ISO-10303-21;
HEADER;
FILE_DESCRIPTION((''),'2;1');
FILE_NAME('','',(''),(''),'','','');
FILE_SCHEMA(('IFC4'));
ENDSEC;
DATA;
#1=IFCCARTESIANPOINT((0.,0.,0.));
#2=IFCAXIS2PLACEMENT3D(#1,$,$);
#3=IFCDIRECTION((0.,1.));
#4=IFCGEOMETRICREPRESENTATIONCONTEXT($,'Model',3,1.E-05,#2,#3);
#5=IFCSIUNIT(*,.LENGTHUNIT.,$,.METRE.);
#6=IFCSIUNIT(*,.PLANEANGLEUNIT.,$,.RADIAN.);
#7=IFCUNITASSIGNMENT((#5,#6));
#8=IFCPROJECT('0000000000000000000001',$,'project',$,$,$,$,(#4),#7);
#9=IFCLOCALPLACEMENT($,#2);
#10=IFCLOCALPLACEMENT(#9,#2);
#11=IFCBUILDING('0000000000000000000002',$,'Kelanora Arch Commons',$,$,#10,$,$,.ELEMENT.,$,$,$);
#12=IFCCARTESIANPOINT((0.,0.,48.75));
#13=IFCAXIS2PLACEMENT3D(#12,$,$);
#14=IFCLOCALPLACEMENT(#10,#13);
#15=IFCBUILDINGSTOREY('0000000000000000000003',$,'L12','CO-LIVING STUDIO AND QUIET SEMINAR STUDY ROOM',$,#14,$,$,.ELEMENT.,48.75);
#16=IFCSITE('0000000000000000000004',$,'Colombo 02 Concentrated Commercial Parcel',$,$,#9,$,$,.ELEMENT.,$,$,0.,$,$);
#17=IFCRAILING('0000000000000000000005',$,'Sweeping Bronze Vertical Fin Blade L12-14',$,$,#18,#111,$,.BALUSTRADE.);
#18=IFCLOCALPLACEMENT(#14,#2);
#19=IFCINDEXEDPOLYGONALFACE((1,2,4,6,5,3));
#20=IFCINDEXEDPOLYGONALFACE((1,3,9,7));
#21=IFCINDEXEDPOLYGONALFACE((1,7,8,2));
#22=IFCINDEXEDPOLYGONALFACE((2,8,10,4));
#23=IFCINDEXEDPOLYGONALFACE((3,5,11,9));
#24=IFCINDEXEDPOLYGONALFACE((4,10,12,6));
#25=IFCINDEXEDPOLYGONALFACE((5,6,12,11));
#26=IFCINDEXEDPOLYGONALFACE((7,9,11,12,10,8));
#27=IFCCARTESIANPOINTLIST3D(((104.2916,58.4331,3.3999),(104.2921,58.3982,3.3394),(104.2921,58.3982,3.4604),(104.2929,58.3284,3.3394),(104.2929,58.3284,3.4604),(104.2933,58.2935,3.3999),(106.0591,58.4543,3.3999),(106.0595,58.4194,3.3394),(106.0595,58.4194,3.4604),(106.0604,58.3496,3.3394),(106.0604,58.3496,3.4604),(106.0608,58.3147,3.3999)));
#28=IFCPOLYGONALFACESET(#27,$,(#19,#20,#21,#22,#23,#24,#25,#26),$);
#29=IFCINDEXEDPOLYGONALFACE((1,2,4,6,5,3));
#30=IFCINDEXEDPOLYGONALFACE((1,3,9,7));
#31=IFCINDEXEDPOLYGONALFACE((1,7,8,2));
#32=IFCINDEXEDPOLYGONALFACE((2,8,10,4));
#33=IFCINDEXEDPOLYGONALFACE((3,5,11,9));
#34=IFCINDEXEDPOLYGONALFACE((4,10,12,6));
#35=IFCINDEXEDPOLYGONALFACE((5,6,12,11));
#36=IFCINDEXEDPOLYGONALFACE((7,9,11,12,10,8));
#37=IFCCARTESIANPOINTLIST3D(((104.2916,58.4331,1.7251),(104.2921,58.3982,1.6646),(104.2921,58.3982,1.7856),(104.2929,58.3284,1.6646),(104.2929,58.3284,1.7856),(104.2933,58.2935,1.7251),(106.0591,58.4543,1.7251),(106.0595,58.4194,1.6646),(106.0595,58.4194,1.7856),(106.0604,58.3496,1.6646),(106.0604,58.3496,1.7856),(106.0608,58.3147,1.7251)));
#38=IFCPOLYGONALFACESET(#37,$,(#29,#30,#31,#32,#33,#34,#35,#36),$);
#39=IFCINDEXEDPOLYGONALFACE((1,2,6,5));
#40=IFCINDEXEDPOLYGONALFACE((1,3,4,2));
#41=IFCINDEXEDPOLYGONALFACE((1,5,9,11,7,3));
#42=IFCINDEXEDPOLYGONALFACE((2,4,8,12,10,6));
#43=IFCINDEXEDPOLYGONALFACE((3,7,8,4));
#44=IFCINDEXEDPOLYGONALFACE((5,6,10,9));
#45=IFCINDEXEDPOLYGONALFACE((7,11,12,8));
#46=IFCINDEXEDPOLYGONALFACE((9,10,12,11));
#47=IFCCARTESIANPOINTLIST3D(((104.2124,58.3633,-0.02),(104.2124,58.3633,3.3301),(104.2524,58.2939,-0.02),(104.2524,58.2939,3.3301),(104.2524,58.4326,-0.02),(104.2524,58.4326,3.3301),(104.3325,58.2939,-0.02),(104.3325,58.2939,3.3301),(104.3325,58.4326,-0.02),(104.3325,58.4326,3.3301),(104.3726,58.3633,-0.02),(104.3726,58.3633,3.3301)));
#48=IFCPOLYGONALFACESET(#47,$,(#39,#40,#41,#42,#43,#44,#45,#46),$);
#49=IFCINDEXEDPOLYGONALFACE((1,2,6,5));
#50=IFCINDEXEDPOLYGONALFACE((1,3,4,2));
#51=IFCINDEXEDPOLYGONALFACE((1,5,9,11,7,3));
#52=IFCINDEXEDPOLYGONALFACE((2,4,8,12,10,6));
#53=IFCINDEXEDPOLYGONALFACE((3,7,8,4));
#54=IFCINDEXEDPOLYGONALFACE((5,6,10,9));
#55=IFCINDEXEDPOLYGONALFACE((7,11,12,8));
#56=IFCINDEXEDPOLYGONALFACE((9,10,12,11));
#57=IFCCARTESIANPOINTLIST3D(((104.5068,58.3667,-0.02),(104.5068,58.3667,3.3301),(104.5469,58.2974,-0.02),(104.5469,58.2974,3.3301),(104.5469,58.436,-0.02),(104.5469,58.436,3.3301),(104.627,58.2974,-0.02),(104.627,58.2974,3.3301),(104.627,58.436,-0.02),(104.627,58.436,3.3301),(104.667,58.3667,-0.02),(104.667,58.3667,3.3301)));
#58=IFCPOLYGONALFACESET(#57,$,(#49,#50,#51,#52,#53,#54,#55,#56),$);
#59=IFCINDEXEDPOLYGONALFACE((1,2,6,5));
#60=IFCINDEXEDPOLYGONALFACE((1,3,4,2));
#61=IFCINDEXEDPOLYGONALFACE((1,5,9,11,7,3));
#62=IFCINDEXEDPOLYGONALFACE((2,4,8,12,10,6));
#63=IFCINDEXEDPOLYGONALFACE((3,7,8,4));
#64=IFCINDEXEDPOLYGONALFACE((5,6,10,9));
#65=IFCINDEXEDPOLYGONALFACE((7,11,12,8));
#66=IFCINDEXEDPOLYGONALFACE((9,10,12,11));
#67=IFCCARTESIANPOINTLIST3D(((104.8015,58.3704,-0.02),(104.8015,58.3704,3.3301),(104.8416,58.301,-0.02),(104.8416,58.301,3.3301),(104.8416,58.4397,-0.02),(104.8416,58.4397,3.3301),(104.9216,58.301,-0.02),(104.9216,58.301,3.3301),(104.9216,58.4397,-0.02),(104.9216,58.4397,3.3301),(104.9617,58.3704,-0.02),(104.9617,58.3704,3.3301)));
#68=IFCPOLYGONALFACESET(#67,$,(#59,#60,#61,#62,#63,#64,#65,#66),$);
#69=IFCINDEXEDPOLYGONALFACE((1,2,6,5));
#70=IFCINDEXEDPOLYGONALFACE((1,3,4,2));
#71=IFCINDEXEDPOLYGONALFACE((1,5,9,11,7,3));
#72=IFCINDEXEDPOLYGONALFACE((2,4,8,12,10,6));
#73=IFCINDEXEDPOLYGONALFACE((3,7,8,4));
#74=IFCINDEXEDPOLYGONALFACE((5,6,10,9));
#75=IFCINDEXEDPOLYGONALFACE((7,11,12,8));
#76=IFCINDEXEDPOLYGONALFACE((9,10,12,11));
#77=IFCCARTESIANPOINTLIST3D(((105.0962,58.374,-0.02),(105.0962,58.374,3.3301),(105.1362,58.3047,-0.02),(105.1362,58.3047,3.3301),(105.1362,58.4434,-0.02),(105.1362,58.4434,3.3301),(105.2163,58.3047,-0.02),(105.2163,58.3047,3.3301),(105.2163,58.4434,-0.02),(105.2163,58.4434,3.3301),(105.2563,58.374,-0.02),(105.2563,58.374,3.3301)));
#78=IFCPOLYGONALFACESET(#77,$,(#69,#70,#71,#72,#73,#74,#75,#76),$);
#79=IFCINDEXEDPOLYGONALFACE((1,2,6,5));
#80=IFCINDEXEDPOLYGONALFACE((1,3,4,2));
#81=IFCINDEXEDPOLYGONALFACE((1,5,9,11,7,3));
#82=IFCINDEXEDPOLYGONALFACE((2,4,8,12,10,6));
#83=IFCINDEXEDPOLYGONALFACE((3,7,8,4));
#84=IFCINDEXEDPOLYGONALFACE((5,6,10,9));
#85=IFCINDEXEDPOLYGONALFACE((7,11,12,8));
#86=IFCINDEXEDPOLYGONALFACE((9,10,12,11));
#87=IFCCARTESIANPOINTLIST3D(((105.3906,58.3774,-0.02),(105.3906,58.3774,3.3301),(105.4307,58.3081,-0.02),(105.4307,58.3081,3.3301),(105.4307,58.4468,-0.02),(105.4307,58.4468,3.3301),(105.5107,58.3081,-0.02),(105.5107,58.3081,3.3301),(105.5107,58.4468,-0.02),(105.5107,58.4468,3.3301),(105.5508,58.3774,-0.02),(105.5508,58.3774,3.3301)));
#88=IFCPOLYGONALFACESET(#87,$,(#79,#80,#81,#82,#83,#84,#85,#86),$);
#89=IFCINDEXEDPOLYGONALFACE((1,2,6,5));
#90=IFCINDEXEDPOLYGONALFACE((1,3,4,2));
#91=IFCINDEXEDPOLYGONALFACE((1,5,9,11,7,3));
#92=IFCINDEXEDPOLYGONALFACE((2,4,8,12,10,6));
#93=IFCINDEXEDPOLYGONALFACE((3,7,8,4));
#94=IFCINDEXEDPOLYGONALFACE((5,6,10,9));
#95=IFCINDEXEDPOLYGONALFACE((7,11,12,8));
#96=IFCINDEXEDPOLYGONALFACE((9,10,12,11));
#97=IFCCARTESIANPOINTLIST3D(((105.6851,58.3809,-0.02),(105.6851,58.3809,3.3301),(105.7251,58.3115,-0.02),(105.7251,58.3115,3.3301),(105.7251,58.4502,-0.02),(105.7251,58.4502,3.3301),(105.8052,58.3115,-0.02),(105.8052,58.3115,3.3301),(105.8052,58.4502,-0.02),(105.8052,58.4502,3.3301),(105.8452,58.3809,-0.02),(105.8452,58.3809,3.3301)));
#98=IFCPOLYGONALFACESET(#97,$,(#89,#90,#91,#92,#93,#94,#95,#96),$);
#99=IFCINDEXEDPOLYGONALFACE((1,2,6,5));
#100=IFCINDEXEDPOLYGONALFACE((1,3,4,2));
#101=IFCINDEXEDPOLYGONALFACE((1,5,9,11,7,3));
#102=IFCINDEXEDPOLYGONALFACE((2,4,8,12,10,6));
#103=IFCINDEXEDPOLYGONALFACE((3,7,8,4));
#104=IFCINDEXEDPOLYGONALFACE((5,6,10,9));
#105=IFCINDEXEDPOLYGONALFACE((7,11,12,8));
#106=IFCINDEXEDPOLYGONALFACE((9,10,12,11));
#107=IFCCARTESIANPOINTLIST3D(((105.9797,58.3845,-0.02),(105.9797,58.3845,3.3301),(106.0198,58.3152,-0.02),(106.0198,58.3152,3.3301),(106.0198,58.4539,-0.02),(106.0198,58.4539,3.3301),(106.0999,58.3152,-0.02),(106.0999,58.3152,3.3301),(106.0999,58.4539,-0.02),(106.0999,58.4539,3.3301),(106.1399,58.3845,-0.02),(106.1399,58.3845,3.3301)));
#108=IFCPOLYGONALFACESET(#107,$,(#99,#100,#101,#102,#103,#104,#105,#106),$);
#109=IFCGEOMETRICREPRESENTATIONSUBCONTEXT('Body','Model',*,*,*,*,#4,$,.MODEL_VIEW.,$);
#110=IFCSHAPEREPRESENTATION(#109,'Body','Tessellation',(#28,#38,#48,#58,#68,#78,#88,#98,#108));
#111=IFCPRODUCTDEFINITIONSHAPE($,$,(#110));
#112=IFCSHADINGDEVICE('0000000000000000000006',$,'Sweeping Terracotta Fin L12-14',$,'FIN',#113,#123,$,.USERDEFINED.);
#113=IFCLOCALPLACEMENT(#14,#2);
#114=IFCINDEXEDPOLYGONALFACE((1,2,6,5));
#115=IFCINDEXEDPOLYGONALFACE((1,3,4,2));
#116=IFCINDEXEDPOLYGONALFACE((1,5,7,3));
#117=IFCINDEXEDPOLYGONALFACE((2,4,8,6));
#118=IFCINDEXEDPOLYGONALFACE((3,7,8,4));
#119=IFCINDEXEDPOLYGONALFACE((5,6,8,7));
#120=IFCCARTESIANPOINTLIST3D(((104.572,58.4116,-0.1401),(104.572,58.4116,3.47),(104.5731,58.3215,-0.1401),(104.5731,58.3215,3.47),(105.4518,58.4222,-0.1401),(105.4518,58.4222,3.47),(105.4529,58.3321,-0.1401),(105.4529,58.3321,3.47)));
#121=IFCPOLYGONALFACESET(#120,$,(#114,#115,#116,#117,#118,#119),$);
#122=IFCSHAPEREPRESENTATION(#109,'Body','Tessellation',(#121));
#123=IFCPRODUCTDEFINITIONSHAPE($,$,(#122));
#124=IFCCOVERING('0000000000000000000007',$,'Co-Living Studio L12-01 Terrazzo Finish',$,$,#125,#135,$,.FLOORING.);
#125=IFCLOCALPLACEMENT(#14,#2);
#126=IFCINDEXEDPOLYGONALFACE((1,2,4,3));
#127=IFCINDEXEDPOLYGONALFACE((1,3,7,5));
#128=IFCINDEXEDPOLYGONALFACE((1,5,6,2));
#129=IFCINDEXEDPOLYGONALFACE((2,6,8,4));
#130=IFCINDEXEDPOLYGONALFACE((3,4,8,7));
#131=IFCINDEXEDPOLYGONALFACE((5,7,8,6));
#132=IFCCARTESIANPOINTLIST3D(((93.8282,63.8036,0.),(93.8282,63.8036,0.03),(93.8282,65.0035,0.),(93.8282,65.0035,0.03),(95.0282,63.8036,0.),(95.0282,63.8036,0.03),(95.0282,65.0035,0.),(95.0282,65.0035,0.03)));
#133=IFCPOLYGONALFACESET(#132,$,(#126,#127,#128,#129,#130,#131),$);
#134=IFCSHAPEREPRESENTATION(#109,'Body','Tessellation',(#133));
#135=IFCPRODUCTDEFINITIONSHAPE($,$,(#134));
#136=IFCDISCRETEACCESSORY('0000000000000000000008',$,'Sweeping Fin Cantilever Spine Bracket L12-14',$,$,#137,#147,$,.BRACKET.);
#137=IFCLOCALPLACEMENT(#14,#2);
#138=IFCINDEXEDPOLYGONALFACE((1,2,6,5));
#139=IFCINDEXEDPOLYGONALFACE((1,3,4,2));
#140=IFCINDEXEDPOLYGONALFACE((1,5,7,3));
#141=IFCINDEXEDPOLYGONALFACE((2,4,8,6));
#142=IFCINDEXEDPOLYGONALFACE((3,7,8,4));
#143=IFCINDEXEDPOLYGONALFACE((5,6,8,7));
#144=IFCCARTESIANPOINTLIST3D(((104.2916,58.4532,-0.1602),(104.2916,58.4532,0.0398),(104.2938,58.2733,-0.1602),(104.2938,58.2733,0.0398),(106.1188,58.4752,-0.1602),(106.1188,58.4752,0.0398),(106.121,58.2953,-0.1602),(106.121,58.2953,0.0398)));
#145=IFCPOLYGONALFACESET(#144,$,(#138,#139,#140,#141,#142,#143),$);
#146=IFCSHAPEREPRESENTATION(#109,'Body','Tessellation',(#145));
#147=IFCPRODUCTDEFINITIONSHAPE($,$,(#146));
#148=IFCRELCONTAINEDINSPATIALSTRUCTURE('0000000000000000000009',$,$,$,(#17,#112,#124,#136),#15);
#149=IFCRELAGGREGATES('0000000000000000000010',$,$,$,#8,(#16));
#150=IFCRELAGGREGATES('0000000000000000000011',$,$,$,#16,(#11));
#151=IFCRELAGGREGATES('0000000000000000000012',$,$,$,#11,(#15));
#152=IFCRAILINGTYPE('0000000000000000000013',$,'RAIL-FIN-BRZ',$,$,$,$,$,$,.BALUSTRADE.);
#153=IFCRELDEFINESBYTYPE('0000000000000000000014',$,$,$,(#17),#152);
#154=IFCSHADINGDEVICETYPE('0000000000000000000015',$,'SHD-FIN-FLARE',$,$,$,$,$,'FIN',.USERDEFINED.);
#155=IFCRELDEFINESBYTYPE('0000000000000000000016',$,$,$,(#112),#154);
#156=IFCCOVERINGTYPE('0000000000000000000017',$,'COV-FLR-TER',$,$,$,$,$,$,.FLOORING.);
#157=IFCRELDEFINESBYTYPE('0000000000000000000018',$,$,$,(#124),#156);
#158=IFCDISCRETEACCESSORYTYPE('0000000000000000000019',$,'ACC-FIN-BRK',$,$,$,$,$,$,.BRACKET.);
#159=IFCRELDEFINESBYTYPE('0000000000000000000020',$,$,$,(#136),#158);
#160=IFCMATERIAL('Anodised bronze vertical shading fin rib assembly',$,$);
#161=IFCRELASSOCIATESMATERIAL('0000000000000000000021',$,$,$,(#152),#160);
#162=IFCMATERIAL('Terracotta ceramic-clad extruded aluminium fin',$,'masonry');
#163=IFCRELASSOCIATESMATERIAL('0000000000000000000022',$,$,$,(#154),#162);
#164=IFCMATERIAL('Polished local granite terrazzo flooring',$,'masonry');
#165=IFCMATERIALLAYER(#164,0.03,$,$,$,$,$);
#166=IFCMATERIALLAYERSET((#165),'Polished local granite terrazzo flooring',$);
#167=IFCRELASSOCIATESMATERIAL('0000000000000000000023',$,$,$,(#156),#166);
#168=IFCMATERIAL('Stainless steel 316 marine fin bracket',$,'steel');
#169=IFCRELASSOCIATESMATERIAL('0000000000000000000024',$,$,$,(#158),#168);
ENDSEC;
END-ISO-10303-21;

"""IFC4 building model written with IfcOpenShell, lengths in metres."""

from ifc_helpers import new_model, si_unit, direction, frame, origin, origin_2d, place, context, subcontext, project, spatial, polyline, rectangle, outline, extrude, source, transform, mapped, material, layer, layer_set, type_object, element, save


model = new_model("IFC4")

# Units and contexts
model_context = context("Model", 3, precision=1e-05, world=origin(), true_north=direction((0.0, 1.0)))
body_context = subcontext(model_context, "Body", "Model", "MODEL_VIEW")
ifc_project = project(units=[si_unit("LENGTHUNIT", "METRE"), si_unit("PLANEANGLEUNIT", "RADIAN")], contexts=[model_context])

# Site, building, storey
site_placement = place(None, origin())
site = spatial("IfcSite", under=ifc_project, at=site_placement, Name="Colombo 02 Concentrated Commercial Parcel", CompositionType="ELEMENT", RefElevation=0.0)
building_placement = place(site_placement, origin())
building = spatial("IfcBuilding", under=site, at=building_placement, Name="Kelanora Arch Commons", CompositionType="ELEMENT")
storey_placement = place(building_placement, frame((0.0, 0.0, 48.75)))
storey = spatial("IfcBuildingStorey", under=building, at=storey_placement, Name="L12", Description="CO-LIVING STUDIO AND QUIET SEMINAR STUDY ROOM", CompositionType="ELEMENT", Elevation=48.75)

# Railing
ifc_material_1 = material(Name="Anodised bronze vertical shading fin rib assembly")
railing_type = type_object("IfcRailingType", Name="RAIL-FIN-BRZ", PredefinedType="BALUSTRADE", material=ifc_material_1)
railing_placement = place(storey_placement, frame((104.2925, 58.3633, -0.02)))
element("IfcRailing", 1, at=railing_placement, inside=storey, type_object=railing_type, Name="Sweeping Bronze Vertical Fin Blade L12-14", PredefinedType="BALUSTRADE", context=body_context, shape_type="SweptSolid", body=[
    extrude(outline(polyline([(0.0698, 0.0), (0.0349, 0.0605), (-0.0349, 0.0605), (-0.0698, 0.0), (-0.0349, -0.0605), (0.0349, -0.0605), (0.0698, 0.0)])), frame((0.0, 0.0, 3.4199), z_axis=(0.999928, 0.012017, 0.0), x_axis=(-0.012017, 0.999928, 0.0)), (0.0, 0.0, 1.0), 1.7676),
    extrude(outline(polyline([(0.0698, 0.0), (0.0349, 0.0605), (-0.0349, 0.0605), (-0.0698, 0.0), (-0.0349, -0.0605), (0.0349, -0.0605), (0.0698, 0.0)])), frame((0.0, 0.0, 1.7451), z_axis=(0.999928, 0.012017, 0.0), x_axis=(-0.012017, 0.999928, 0.0)), (0.0, 0.0, 1.0), 1.7676),
    extrude(outline(polyline([(0.0801, 0.0), (0.04, 0.0693), (-0.04, 0.0693), (-0.0801, 0.0), (-0.04, -0.0693), (0.04, -0.0693), (0.0801, 0.0)])), origin(), (0.0, 0.0, 1.0), 3.3501),
    extrude(outline(polyline([(0.0801, 0.0), (0.04, 0.0693), (-0.04, 0.0693), (-0.0801, 0.0), (-0.04, -0.0693), (0.04, -0.0693), (0.0801, 0.0)])), frame((0.2944, 0.0034, 0.0)), (0.0, 0.0, 1.0), 3.3501),
    extrude(outline(polyline([(0.0801, 0.0), (0.04, 0.0693), (-0.04, 0.0693), (-0.0801, 0.0), (-0.04, -0.0693), (0.04, -0.0693), (0.0801, 0.0)])), frame((0.5891, 0.0071, 0.0)), (0.0, 0.0, 1.0), 3.3501),
    extrude(outline(polyline([(0.0801, 0.0), (0.04, 0.0693), (-0.04, 0.0693), (-0.0801, 0.0), (-0.04, -0.0693), (0.04, -0.0693), (0.0801, 0.0)])), frame((0.8838, 0.0107, 0.0)), (0.0, 0.0, 1.0), 3.3501),
    extrude(outline(polyline([(0.0801, 0.0), (0.04, 0.0693), (-0.04, 0.0693), (-0.0801, 0.0), (-0.04, -0.0693), (0.04, -0.0693), (0.0801, 0.0)])), frame((1.1782, 0.0142, 0.0)), (0.0, 0.0, 1.0), 3.3501),
    extrude(outline(polyline([(0.0801, 0.0), (0.04, 0.0693), (-0.04, 0.0693), (-0.0801, 0.0), (-0.04, -0.0693), (0.04, -0.0693), (0.0801, 0.0)])), frame((1.4727, 0.0176, 0.0)), (0.0, 0.0, 1.0), 3.3501),
    extrude(outline(polyline([(0.0801, 0.0), (0.04, 0.0693), (-0.04, 0.0693), (-0.0801, 0.0), (-0.04, -0.0693), (0.04, -0.0693), (0.0801, 0.0)])), frame((1.7673, 0.0212, 0.0)), (0.0, 0.0, 1.0), 3.3501),
])

# Shading device
ifc_material_2 = material(Name="Terracotta ceramic-clad extruded aluminium fin", Category="masonry")
shading_device_type = type_object("IfcShadingDeviceType", Name="SHD-FIN-FLARE", ElementType="FIN", PredefinedType="USERDEFINED", material=ifc_material_2)
shared_shape_1 = source(origin(), body_context, "Body", "SweptSolid", [
    extrude(rectangle(XDim=0.8799, YDim=0.0901, at=origin_2d()), origin(), (0.0, 0.0, 1.0), 3.6101),
])
shading_device_placement = place(storey_placement, frame((105.0125, 58.3718, -0.1401), z_axis=(0.0, 0.0, 1.0), x_axis=(0.999927, 0.012042, 0.0)))
element("IfcShadingDevice", 2, at=shading_device_placement, inside=storey, type_object=shading_device_type, Name="Sweeping Terracotta Fin L12-14", ObjectType="FIN", PredefinedType="USERDEFINED", context=body_context, shape_type="MappedRepresentation", body=[
    mapped(shared_shape_1, transform((0.0, 0.0, 0.0), scale=1.0)),
])

# Covering
ifc_material_3 = material(Name="Polished local granite terrazzo flooring", Category="masonry")
ifc_layer_1 = layer(ifc_material_3, 0.03)
ifc_layer_set_1 = layer_set([ifc_layer_1], Name="Polished local granite terrazzo flooring")
covering_type = type_object("IfcCoveringType", Name="COV-FLR-TER", PredefinedType="FLOORING", material=ifc_layer_set_1)
shared_shape_2 = source(origin(), body_context, "Body", "SweptSolid", [
    extrude(rectangle(XDim=1.2, YDim=1.2, at=origin_2d()), origin(), (0.0, 0.0, 1.0), 0.03),
])
covering_placement = place(storey_placement, frame((94.4282, 64.4036, 0.0), z_axis=(0.0, 0.0, 1.0), x_axis=(1.0, 0.0, 0.0)))
element("IfcCovering", 3, at=covering_placement, inside=storey, type_object=covering_type, Name="Co-Living Studio L12-01 Terrazzo Finish", PredefinedType="FLOORING", context=body_context, shape_type="MappedRepresentation", body=[
    mapped(shared_shape_2, transform((0.0, 0.0, 0.0), scale=1.0)),
])

# Discrete accessory
ifc_material_4 = material(Name="Stainless steel 316 marine fin bracket", Category="steel")
discrete_accessory_type = type_object("IfcDiscreteAccessoryType", Name="ACC-FIN-BRK", PredefinedType="BRACKET", material=ifc_material_4)
shared_shape_3 = source(origin(), body_context, "Body", "SweptSolid", [
    extrude(rectangle(XDim=1.8274, YDim=0.1799, at=origin_2d()), origin(), (0.0, 0.0, 1.0), 0.2),
])
discrete_accessory_placement = place(storey_placement, frame((105.2063, 58.3743, -0.1602), z_axis=(0.0, 0.0, 1.0), x_axis=(0.999927, 0.012042, 0.0)))
element("IfcDiscreteAccessory", 4, at=discrete_accessory_placement, inside=storey, type_object=discrete_accessory_type, Name="Sweeping Fin Cantilever Spine Bracket L12-14", PredefinedType="BRACKET", context=body_context, shape_type="MappedRepresentation", body=[
    mapped(shared_shape_3, transform((0.0, 0.0, 0.0), scale=1.0)),
])

save(model, "model.ifc")
